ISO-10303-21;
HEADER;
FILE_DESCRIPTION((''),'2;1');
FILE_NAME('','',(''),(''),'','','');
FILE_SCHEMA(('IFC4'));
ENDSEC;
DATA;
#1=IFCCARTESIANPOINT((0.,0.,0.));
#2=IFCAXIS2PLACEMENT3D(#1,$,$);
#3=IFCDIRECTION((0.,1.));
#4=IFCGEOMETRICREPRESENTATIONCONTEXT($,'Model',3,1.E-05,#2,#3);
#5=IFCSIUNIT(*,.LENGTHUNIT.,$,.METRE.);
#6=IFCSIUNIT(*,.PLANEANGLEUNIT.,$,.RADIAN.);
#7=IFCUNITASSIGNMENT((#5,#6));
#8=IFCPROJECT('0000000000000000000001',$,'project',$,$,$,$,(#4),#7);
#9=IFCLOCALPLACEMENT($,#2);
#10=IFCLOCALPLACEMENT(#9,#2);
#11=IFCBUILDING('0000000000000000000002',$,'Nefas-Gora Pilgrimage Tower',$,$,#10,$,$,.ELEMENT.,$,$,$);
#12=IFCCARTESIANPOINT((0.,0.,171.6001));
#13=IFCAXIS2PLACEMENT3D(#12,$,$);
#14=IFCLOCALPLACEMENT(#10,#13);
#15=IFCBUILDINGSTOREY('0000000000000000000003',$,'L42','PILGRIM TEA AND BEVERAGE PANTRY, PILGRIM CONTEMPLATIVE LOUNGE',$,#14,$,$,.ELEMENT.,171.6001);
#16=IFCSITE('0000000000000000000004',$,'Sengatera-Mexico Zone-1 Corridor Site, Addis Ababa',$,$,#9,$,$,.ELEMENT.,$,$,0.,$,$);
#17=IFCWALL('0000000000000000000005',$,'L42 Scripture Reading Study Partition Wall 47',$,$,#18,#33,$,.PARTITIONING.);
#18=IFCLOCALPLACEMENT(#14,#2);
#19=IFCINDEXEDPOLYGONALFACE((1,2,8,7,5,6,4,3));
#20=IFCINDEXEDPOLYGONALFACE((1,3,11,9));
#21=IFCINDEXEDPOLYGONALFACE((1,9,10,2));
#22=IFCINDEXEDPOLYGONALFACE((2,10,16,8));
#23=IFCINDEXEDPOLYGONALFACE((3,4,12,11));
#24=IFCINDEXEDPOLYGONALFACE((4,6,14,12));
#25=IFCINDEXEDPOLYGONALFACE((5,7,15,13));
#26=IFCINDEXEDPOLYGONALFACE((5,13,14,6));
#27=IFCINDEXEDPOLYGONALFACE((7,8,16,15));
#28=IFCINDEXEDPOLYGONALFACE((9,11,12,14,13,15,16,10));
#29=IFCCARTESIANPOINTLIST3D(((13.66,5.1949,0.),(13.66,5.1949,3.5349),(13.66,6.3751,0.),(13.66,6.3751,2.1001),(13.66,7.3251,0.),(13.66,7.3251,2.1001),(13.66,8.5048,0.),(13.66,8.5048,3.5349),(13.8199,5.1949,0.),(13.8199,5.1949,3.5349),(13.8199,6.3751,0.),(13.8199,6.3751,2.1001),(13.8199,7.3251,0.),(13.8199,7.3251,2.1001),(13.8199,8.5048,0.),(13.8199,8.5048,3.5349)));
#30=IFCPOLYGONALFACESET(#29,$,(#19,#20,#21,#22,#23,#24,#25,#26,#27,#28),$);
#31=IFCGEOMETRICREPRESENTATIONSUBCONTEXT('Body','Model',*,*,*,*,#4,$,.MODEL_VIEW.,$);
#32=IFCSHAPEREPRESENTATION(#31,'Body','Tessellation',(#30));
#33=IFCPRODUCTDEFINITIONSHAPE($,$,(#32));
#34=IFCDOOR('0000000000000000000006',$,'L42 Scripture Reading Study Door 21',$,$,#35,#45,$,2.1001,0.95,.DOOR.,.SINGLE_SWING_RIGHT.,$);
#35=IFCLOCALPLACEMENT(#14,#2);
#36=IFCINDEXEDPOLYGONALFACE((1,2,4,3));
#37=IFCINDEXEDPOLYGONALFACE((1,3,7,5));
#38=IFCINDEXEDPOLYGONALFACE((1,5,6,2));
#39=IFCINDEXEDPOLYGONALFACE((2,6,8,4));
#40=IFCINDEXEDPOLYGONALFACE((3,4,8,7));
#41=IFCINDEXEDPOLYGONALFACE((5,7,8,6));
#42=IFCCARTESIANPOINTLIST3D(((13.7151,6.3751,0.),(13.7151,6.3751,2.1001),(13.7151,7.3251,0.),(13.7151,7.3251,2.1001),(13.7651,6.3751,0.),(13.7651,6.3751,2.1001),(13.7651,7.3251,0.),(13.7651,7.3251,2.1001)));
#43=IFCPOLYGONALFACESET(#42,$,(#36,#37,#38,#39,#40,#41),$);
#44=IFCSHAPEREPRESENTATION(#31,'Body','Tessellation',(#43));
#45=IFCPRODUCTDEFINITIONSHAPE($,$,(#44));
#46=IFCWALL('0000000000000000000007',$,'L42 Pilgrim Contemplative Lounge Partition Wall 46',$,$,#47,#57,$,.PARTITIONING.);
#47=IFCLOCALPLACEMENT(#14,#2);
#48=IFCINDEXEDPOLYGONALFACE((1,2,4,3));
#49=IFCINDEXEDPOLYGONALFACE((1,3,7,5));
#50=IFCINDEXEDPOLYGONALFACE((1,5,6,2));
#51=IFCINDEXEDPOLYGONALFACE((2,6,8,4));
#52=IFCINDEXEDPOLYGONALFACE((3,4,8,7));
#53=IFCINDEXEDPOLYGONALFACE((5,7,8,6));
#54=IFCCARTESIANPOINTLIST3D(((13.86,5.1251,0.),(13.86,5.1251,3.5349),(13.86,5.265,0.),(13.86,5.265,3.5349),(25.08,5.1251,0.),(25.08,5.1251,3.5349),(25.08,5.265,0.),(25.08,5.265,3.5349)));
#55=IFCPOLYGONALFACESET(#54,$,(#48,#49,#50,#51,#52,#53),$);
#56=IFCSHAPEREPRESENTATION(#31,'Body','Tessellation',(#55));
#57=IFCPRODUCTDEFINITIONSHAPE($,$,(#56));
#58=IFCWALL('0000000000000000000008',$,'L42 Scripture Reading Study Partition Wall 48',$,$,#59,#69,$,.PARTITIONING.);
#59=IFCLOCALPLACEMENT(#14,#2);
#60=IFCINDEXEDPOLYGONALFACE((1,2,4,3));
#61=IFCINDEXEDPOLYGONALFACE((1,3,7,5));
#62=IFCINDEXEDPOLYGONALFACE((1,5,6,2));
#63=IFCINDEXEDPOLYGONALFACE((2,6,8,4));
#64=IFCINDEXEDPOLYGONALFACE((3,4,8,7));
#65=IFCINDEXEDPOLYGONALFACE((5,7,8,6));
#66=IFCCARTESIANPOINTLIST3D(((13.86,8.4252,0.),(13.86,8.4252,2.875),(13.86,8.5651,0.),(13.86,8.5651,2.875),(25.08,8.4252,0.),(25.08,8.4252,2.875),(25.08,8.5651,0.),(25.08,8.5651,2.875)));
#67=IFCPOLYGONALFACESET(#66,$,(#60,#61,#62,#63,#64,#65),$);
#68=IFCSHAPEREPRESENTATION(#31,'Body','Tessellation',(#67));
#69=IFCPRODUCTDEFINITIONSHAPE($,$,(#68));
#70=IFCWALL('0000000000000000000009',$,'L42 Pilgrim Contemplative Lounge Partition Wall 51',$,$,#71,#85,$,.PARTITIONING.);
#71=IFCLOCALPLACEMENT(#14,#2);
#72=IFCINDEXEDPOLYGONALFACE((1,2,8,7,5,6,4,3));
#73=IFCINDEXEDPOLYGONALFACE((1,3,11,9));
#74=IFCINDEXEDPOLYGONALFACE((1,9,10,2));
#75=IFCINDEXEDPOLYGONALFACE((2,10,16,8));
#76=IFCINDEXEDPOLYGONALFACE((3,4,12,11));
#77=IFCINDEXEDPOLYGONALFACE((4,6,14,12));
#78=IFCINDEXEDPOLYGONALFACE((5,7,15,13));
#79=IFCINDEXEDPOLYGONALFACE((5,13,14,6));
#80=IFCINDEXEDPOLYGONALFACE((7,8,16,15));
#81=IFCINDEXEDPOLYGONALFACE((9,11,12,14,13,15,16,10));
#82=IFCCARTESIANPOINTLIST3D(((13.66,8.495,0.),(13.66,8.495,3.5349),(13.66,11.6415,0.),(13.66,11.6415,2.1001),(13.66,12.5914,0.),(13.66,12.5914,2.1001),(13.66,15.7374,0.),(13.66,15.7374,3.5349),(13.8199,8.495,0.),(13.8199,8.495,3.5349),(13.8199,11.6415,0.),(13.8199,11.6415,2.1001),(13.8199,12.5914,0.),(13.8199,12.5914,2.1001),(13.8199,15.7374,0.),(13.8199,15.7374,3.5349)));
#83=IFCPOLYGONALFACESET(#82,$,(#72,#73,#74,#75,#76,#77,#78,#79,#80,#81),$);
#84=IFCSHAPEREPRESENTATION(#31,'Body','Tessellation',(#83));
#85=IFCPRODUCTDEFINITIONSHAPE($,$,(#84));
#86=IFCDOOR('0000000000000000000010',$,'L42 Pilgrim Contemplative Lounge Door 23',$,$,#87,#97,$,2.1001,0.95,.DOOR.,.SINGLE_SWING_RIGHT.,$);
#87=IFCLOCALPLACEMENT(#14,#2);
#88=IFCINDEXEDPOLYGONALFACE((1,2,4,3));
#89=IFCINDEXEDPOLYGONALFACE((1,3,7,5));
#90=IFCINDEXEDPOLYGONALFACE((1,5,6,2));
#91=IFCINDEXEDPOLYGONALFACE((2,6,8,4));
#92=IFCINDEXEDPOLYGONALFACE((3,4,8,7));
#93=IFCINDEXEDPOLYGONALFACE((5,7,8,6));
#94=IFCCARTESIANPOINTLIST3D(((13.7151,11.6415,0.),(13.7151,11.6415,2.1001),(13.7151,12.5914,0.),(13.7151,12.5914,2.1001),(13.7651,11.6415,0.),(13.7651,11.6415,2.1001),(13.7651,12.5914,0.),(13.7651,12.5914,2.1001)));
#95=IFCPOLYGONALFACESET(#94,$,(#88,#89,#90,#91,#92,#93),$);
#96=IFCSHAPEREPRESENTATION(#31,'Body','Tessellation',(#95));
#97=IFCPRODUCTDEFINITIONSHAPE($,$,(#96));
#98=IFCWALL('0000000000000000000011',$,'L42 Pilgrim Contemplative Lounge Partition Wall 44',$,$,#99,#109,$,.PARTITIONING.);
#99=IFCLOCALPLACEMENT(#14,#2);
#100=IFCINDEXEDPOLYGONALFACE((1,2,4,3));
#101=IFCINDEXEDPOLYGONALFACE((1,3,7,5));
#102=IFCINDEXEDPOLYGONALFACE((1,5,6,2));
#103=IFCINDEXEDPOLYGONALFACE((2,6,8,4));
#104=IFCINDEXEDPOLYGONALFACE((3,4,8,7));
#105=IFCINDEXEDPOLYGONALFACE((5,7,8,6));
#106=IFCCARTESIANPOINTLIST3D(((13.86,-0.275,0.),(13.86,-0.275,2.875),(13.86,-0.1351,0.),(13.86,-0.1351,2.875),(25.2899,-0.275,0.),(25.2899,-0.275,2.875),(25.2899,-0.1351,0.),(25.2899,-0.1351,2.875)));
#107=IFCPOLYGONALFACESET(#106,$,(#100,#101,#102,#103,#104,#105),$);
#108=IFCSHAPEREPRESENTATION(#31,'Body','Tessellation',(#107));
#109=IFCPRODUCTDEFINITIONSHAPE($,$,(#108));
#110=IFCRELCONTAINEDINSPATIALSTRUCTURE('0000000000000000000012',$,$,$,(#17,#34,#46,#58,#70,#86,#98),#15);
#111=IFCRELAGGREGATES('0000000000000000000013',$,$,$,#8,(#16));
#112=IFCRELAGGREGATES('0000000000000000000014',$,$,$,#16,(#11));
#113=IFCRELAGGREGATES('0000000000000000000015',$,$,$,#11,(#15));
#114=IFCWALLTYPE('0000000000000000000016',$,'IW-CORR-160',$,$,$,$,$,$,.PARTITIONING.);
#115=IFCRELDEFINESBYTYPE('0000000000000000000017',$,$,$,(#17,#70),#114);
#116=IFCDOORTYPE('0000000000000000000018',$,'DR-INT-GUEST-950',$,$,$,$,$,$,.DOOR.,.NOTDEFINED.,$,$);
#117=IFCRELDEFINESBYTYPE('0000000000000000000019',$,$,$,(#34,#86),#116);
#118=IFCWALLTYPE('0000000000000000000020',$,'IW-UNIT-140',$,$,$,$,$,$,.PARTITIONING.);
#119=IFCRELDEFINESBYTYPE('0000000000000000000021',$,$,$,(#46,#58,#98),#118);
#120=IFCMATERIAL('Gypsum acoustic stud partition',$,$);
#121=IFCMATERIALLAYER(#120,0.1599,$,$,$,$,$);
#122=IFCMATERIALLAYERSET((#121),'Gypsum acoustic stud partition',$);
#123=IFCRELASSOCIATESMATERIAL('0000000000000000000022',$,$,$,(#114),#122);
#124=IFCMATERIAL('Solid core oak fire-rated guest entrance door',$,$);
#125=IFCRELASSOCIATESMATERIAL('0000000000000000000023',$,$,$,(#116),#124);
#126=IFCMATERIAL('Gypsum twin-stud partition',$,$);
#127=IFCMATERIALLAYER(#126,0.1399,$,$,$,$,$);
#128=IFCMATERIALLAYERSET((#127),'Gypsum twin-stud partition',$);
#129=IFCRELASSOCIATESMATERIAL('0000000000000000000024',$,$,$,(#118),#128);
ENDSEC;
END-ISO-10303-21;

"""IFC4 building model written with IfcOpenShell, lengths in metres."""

from ifc_helpers import new_model, si_unit, direction, frame, frame_2d, origin, place, context, subcontext, project, spatial, rectangle, extrude, source, transform, mapped, material, layer, layer_set, type_object, element, fill, save


model = new_model("IFC4")

# Units and contexts
model_context = context("Model", 3, precision=1e-05, world=origin(), true_north=direction((0.0, 1.0)))
body_context = subcontext(model_context, "Body", "Model", "MODEL_VIEW")
ifc_project = project(units=[si_unit("LENGTHUNIT", "METRE"), si_unit("PLANEANGLEUNIT", "RADIAN")], contexts=[model_context])

# Site, building, storey
site_placement = place(None, origin())
site = spatial("IfcSite", under=ifc_project, at=site_placement, Name="Sengatera-Mexico Zone-1 Corridor Site, Addis Ababa", CompositionType="ELEMENT", RefElevation=0.0)
building_placement = place(site_placement, origin())
building = spatial("IfcBuilding", under=site, at=building_placement, Name="Nefas-Gora Pilgrimage Tower", CompositionType="ELEMENT")
storey_placement = place(building_placement, frame((0.0, 0.0, 171.6001)))
storey = spatial("IfcBuildingStorey", under=building, at=storey_placement, Name="L42", Description="PILGRIM TEA AND BEVERAGE PANTRY, PILGRIM CONTEMPLATIVE LOUNGE", CompositionType="ELEMENT", Elevation=171.6001)

# Wall, opening, door
ifc_material_1 = material(Name="Gypsum acoustic stud partition")
ifc_layer_1 = layer(ifc_material_1, 0.1599)
ifc_layer_set_1 = layer_set([ifc_layer_1], Name="Gypsum acoustic stud partition")
wall_type_1 = type_object("IfcWallType", Name="IW-CORR-160", PredefinedType="PARTITIONING", material=ifc_layer_set_1)
shared_shape_1 = source(origin(), body_context, "Body", "SweptSolid", [
    extrude(rectangle(XDim=3.3098, YDim=0.1599, at=frame_2d((1.6548, 0.0))), origin(), (0.0, 0.0, 1.0), 3.5349),
])
wall_1_placement = place(storey_placement, frame((13.74, 5.1951, 0.0), z_axis=(0.0, 0.0, 1.0), x_axis=(0.0, 1.0, 0.0)))
wall_1 = element("IfcWall", 1, at=wall_1_placement, inside=storey, type_object=wall_type_1, Name="L42 Scripture Reading Study Partition Wall 47", PredefinedType="PARTITIONING", context=body_context, shape_type="MappedRepresentation", body=[
    mapped(shared_shape_1, transform((0.0, 0.0, 0.0), x_axis=(1.0, 0.0, 0.0), y_axis=(0.0, 1.0, 0.0), z_axis=(0.0, 0.0, 1.0), scale=1.0)),
])
opening_1_placement = place(wall_1_placement, frame((1.1799, 0.0, 0.0)))
opening_1 = element("IfcOpeningElement", 2, at=opening_1_placement, cuts=wall_1, PredefinedType="OPENING", context=body_context, shape_type="SweptSolid", body=[
    extrude(rectangle(XDim=0.95, YDim=2.1001, at=frame_2d((0.4751, 1.05))), frame((0.0, 0.0898, 0.0), z_axis=(0.0, -1.0, 0.0), x_axis=(1.0, 0.0, 0.0)), (0.0, 0.0, 1.0), 0.1799),
])
ifc_material_2 = material(Name="Solid core oak fire-rated guest entrance door")
door_type = type_object("IfcDoorType", Name="DR-INT-GUEST-950", OperationType="NOTDEFINED", PredefinedType="DOOR", material=ifc_material_2)
shared_shape_2 = source(origin(), body_context, "Body", "SweptSolid", [
    extrude(rectangle(XDim=0.95, YDim=2.1001, at=frame_2d((0.4751, 1.05))), frame((0.0, 0.0249, 0.0), z_axis=(0.0, -1.0, 0.0), x_axis=(1.0, 0.0, 0.0)), (0.0, 0.0, 1.0), 0.05),
])
door_1_placement = place(opening_1_placement, origin())
door_1 = element("IfcDoor", 3, at=door_1_placement, inside=storey, type_object=door_type, Name="L42 Scripture Reading Study Door 21", OperationType="SINGLE_SWING_RIGHT", OverallHeight=2.1001, OverallWidth=0.95, PredefinedType="DOOR", context=body_context, shape_type="MappedRepresentation", body=[
    mapped(shared_shape_2, transform((0.0, 0.0, 0.0), x_axis=(1.0, 0.0, 0.0), y_axis=(0.0, 1.0, 0.0), z_axis=(0.0, 0.0, 1.0), scale=1.0)),
])
fill(opening_1, door_1)

# Walls
ifc_material_3 = material(Name="Gypsum twin-stud partition")
ifc_layer_2 = layer(ifc_material_3, 0.1399)
ifc_layer_set_2 = layer_set([ifc_layer_2], Name="Gypsum twin-stud partition")
wall_type_2 = type_object("IfcWallType", Name="IW-UNIT-140", PredefinedType="PARTITIONING", material=ifc_layer_set_2)
shared_shape_3 = source(origin(), body_context, "Body", "SweptSolid", [
    extrude(rectangle(XDim=11.22, YDim=0.1399, at=frame_2d((5.6099, 0.0))), origin(), (0.0, 0.0, 1.0), 3.5349),
])
wall_2_placement = place(storey_placement, frame((13.8601, 5.1951, 0.0), z_axis=(0.0, 0.0, 1.0), x_axis=(1.0, 0.0, 0.0)))
element("IfcWall", 4, at=wall_2_placement, inside=storey, type_object=wall_type_2, Name="L42 Pilgrim Contemplative Lounge Partition Wall 46", PredefinedType="PARTITIONING", context=body_context, shape_type="MappedRepresentation", body=[
    mapped(shared_shape_3, transform((0.0, 0.0, 0.0), x_axis=(1.0, 0.0, 0.0), y_axis=(0.0, 1.0, 0.0), z_axis=(0.0, 0.0, 1.0), scale=1.0)),
])
shared_shape_4 = source(origin(), body_context, "Body", "SweptSolid", [
    extrude(rectangle(XDim=11.22, YDim=0.1399, at=frame_2d((5.6099, 0.0))), origin(), (0.0, 0.0, 1.0), 2.875),
])
wall_3_placement = place(storey_placement, frame((13.8601, 8.4951, 0.0), z_axis=(0.0, 0.0, 1.0), x_axis=(1.0, 0.0, 0.0)))
element("IfcWall", 5, at=wall_3_placement, inside=storey, type_object=wall_type_2, Name="L42 Scripture Reading Study Partition Wall 48", PredefinedType="PARTITIONING", context=body_context, shape_type="MappedRepresentation", body=[
    mapped(shared_shape_4, transform((0.0, 0.0, 0.0), x_axis=(1.0, 0.0, 0.0), y_axis=(0.0, 1.0, 0.0), z_axis=(0.0, 0.0, 1.0), scale=1.0)),
])

# Wall, opening, door
shared_shape_5 = source(origin(), body_context, "Body", "SweptSolid", [
    extrude(rectangle(XDim=7.2424, YDim=0.1599, at=frame_2d((3.6211, 0.0))), origin(), (0.0, 0.0, 1.0), 3.5349),
])
wall_4_placement = place(storey_placement, frame((13.74, 8.4951, 0.0), z_axis=(0.0, 0.0, 1.0), x_axis=(0.0, 1.0, 0.0)))
wall_4 = element("IfcWall", 6, at=wall_4_placement, inside=storey, type_object=wall_type_1, Name="L42 Pilgrim Contemplative Lounge Partition Wall 51", PredefinedType="PARTITIONING", context=body_context, shape_type="MappedRepresentation", body=[
    mapped(shared_shape_5, transform((0.0, 0.0, 0.0), x_axis=(1.0, 0.0, 0.0), y_axis=(0.0, 1.0, 0.0), z_axis=(0.0, 0.0, 1.0), scale=1.0)),
])
opening_2_placement = place(wall_4_placement, frame((3.1462, 0.0, 0.0)))
opening_2 = element("IfcOpeningElement", 7, at=opening_2_placement, cuts=wall_4, PredefinedType="OPENING", context=body_context, shape_type="SweptSolid", body=[
    extrude(rectangle(XDim=0.95, YDim=2.1001, at=frame_2d((0.4751, 1.05))), frame((0.0, 0.0898, 0.0), z_axis=(0.0, -1.0, 0.0), x_axis=(1.0, 0.0, 0.0)), (0.0, 0.0, 1.0), 0.1799),
])
door_2_placement = place(opening_2_placement, origin())
door_2 = element("IfcDoor", 8, at=door_2_placement, inside=storey, type_object=door_type, Name="L42 Pilgrim Contemplative Lounge Door 23", OperationType="SINGLE_SWING_RIGHT", OverallHeight=2.1001, OverallWidth=0.95, PredefinedType="DOOR", context=body_context, shape_type="MappedRepresentation", body=[
    mapped(shared_shape_2, transform((0.0, 0.0, 0.0), x_axis=(1.0, 0.0, 0.0), y_axis=(0.0, 1.0, 0.0), z_axis=(0.0, 0.0, 1.0), scale=1.0)),
])
fill(opening_2, door_2)

# Wall
shared_shape_6 = source(origin(), body_context, "Body", "SweptSolid", [
    extrude(rectangle(XDim=11.4299, YDim=0.1399, at=frame_2d((5.7148, 0.0))), origin(), (0.0, 0.0, 1.0), 2.875),
])
wall_5_placement = place(storey_placement, frame((13.8601, -0.2051, 0.0), z_axis=(0.0, 0.0, 1.0), x_axis=(1.0, 0.0, 0.0)))
element("IfcWall", 9, at=wall_5_placement, inside=storey, type_object=wall_type_2, Name="L42 Pilgrim Contemplative Lounge Partition Wall 44", PredefinedType="PARTITIONING", context=body_context, shape_type="MappedRepresentation", body=[
    mapped(shared_shape_6, transform((0.0, 0.0, 0.0), x_axis=(1.0, 0.0, 0.0), y_axis=(0.0, 1.0, 0.0), z_axis=(0.0, 0.0, 1.0), scale=1.0)),
])

save(model, "model.ifc")
